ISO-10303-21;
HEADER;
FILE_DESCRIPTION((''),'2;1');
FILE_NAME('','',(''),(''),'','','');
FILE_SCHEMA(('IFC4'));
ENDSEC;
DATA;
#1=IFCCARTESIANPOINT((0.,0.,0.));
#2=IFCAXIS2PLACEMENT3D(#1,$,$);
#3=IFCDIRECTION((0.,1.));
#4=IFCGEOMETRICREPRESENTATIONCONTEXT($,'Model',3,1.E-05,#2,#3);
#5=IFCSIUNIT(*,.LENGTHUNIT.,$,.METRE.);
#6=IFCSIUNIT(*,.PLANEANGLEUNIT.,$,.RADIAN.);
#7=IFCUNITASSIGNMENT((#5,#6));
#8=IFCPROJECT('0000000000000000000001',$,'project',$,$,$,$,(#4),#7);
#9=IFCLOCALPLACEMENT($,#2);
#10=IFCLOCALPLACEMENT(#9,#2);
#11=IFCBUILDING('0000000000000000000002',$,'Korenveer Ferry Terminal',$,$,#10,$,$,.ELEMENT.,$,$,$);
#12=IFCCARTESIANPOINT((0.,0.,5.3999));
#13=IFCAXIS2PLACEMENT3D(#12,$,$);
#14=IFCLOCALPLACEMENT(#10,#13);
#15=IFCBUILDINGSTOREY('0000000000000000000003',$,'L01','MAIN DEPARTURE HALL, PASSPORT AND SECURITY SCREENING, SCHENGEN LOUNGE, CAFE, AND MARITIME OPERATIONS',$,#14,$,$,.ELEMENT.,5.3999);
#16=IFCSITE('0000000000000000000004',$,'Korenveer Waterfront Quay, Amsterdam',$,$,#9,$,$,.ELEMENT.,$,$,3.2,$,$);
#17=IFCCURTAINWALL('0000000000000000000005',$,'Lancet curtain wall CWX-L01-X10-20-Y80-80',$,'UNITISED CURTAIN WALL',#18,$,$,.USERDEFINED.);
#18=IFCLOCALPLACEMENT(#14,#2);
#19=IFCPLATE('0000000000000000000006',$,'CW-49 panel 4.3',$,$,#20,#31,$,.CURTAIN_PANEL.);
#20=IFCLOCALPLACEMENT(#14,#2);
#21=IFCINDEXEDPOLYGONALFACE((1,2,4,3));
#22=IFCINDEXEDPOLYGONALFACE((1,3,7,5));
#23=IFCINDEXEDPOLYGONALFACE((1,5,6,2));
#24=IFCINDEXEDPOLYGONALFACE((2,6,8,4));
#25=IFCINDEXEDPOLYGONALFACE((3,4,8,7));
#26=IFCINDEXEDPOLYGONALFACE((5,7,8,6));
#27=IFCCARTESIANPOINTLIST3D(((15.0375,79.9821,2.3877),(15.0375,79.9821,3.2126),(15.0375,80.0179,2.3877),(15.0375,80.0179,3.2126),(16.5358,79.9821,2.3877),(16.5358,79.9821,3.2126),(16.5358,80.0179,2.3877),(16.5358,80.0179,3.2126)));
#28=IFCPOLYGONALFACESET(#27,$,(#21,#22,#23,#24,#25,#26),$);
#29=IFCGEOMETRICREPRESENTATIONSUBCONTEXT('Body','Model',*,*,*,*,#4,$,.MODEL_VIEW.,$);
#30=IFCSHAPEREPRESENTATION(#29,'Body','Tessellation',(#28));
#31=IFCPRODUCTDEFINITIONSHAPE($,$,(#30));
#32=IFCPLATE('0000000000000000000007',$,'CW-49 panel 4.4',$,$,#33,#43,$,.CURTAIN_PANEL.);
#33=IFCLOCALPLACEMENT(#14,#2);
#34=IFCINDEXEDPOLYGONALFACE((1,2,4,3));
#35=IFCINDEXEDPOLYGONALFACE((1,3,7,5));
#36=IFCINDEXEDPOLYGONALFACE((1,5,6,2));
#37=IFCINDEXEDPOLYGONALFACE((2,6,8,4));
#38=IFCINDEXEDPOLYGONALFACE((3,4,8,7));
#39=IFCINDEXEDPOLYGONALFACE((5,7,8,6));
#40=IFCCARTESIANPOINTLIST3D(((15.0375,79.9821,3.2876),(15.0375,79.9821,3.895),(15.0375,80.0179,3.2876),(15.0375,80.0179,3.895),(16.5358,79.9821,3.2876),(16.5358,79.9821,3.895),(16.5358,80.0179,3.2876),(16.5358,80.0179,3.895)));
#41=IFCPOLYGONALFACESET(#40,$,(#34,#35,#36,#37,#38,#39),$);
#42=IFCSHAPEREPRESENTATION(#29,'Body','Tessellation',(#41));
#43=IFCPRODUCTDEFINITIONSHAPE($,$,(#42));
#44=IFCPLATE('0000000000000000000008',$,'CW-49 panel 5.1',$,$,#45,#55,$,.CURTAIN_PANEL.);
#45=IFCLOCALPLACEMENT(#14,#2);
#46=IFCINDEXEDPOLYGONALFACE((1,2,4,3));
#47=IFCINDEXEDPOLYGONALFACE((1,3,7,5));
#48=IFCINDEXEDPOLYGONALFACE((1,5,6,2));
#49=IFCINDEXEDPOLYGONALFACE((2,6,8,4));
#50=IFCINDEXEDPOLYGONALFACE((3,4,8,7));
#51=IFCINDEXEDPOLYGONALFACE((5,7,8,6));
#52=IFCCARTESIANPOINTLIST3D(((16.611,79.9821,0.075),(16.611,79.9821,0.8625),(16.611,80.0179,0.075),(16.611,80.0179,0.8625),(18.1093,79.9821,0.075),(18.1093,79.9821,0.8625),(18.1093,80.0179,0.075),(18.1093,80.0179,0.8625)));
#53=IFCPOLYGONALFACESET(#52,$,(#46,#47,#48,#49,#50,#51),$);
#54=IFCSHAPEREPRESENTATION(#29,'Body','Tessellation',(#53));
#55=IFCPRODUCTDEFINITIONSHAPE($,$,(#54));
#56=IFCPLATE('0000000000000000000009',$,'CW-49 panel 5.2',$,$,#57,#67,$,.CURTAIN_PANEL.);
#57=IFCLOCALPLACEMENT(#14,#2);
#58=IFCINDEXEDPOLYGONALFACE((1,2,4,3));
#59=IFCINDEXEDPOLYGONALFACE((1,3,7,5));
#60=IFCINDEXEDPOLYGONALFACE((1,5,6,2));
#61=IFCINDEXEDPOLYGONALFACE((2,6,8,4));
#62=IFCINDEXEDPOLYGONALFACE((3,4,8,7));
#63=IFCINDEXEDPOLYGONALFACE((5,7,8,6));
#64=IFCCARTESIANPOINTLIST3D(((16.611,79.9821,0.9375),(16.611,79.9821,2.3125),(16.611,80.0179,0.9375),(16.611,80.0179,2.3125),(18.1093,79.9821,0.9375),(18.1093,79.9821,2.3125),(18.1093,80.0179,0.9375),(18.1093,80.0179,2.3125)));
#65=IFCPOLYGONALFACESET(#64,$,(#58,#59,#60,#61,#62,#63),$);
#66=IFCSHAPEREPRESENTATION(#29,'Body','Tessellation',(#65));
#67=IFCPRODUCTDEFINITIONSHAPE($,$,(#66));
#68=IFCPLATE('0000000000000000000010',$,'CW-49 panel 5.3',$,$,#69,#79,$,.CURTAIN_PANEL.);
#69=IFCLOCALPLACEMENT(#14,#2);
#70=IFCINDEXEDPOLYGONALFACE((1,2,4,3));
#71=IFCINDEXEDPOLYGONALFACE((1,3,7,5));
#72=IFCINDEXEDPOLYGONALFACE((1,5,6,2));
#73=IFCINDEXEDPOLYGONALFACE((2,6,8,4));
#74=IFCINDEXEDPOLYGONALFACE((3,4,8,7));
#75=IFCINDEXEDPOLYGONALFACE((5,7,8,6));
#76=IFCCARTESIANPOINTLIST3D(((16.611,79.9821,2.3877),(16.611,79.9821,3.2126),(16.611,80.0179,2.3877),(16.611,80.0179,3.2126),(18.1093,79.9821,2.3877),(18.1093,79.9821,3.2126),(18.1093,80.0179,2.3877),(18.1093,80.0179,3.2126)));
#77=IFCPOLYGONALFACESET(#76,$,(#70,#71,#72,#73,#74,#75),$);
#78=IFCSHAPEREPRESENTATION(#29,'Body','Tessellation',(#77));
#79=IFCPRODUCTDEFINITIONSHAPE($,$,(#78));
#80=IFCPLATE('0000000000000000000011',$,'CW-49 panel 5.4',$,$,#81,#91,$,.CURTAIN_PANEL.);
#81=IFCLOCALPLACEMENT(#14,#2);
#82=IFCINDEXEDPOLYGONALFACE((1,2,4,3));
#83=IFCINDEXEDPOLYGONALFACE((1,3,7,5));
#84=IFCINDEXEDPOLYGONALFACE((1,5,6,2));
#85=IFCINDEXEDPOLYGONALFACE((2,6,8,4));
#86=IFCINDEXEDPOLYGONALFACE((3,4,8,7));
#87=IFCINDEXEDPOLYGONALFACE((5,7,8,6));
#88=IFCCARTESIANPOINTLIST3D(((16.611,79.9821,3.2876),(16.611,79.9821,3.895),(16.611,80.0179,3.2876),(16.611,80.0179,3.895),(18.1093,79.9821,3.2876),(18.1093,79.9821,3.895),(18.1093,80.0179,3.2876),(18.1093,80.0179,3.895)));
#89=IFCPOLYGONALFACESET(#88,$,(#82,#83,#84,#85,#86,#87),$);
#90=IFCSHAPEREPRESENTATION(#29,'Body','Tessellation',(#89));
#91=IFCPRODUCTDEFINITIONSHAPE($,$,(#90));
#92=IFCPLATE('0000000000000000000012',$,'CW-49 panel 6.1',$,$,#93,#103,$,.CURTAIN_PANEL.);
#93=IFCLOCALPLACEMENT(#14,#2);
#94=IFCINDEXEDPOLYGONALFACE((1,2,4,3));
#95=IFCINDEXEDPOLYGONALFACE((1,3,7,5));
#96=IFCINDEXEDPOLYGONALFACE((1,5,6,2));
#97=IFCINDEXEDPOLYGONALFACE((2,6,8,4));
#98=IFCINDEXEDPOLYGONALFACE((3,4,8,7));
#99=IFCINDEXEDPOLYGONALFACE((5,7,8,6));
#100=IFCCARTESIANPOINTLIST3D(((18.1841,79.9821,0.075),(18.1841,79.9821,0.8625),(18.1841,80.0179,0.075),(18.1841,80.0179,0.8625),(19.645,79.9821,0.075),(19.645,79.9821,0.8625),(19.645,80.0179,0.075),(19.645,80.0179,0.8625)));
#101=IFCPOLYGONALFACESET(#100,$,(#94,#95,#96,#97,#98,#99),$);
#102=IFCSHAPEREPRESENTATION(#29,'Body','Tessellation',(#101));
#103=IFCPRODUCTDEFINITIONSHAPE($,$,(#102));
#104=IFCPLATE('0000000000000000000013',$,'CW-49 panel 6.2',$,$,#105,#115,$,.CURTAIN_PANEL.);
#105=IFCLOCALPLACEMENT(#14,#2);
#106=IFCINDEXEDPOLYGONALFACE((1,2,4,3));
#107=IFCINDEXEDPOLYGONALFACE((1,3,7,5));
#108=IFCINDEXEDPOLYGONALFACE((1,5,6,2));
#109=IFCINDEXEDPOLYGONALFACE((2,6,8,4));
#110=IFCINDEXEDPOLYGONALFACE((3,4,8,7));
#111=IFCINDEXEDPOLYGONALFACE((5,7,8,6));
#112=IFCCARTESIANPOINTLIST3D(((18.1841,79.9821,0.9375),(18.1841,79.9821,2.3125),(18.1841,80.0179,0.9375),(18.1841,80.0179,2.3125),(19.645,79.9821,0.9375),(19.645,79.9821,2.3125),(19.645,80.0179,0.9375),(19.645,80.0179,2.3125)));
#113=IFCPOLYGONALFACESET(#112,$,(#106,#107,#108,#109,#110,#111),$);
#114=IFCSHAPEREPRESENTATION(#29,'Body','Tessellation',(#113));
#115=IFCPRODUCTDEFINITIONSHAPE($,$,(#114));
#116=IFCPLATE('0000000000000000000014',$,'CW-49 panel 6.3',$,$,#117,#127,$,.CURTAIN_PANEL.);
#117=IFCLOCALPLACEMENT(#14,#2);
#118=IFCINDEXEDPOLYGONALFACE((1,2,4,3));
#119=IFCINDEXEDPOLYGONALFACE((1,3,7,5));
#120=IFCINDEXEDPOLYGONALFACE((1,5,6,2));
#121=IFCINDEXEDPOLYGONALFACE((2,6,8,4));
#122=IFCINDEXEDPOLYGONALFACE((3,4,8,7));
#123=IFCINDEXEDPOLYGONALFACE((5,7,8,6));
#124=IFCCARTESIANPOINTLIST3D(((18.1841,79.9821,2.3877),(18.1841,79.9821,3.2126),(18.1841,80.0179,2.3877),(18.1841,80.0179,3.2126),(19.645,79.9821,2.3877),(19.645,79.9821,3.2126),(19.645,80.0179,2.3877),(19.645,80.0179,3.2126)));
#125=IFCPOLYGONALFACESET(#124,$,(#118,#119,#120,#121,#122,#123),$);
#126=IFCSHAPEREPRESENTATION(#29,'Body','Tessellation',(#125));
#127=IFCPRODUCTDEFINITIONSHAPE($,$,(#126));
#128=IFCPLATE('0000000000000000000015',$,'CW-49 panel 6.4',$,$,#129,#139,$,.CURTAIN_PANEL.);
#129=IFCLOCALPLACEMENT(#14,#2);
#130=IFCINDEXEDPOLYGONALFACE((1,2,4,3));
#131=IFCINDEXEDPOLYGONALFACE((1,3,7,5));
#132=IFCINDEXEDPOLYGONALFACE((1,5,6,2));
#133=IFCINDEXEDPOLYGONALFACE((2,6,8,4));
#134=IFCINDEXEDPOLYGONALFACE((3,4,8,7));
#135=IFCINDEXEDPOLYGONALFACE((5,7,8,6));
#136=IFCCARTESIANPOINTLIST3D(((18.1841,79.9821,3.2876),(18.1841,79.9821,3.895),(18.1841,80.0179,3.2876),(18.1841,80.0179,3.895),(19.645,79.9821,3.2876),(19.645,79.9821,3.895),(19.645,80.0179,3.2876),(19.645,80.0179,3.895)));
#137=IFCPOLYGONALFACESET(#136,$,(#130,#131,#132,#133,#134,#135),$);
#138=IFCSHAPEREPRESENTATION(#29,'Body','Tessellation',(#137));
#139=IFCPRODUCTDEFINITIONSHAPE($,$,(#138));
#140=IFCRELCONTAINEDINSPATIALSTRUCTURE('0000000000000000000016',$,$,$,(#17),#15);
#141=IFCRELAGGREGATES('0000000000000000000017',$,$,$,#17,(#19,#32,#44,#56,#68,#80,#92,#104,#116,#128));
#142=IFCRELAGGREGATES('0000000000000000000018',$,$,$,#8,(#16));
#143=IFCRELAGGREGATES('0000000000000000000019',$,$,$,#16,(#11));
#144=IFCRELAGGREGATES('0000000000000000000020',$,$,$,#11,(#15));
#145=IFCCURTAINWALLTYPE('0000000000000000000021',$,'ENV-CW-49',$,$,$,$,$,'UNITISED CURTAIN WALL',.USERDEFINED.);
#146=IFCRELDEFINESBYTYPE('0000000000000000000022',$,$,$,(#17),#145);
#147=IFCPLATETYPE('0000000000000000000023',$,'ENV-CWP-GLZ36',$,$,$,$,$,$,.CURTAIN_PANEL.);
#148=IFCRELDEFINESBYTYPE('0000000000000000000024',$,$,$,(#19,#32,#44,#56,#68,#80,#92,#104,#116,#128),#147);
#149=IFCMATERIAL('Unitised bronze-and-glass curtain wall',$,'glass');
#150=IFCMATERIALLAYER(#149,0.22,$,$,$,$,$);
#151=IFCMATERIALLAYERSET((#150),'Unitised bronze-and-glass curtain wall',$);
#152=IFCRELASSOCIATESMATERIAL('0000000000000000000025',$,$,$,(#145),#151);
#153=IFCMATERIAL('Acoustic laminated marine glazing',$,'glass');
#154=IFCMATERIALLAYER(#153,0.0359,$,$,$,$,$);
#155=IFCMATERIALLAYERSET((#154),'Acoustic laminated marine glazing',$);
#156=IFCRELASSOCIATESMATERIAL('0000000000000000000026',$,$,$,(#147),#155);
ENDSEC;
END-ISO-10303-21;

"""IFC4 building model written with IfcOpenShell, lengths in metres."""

from ifc_helpers import new_model, si_unit, direction, frame, origin, origin_2d, place, context, subcontext, project, spatial, rectangle, extrude, material, layer, layer_set, type_object, element, aggregate, save


model = new_model("IFC4")

# Units and contexts
model_context = context("Model", 3, precision=1e-05, world=origin(), true_north=direction((0.0, 1.0)))
body_context = subcontext(model_context, "Body", "Model", "MODEL_VIEW")
ifc_project = project(units=[si_unit("LENGTHUNIT", "METRE"), si_unit("PLANEANGLEUNIT", "RADIAN")], contexts=[model_context])

# Site, building, storey
site_placement = place(None, origin())
site = spatial("IfcSite", under=ifc_project, at=site_placement, Name="Korenveer Waterfront Quay, Amsterdam", CompositionType="ELEMENT", RefElevation=3.2)
building_placement = place(site_placement, origin())
building = spatial("IfcBuilding", under=site, at=building_placement, Name="Korenveer Ferry Terminal", CompositionType="ELEMENT")
storey_placement = place(building_placement, frame((0.0, 0.0, 5.3999)))
storey = spatial("IfcBuildingStorey", under=building, at=storey_placement, Name="L01", Description="MAIN DEPARTURE HALL, PASSPORT AND SECURITY SCREENING, SCHENGEN LOUNGE, CAFE, AND MARITIME OPERATIONS", CompositionType="ELEMENT", Elevation=5.3999)

# Curtain wall
ifc_material_1 = material(Name="Unitised bronze-and-glass curtain wall", Category="glass")
ifc_layer_1 = layer(ifc_material_1, 0.22)
ifc_layer_set_1 = layer_set([ifc_layer_1], Name="Unitised bronze-and-glass curtain wall")
curtain_wall_type = type_object("IfcCurtainWallType", Name="ENV-CW-49", ElementType="UNITISED CURTAIN WALL", PredefinedType="USERDEFINED", material=ifc_layer_set_1)
curtain_wall_placement = place(storey_placement, frame((10.28, 80.0, 0.0)))
curtain_wall = element("IfcCurtainWall", 1, at=curtain_wall_placement, inside=storey, type_object=curtain_wall_type, Name="Lancet curtain wall CWX-L01-X10-20-Y80-80", ObjectType="UNITISED CURTAIN WALL", PredefinedType="USERDEFINED")

# Plates
ifc_material_2 = material(Name="Acoustic laminated marine glazing", Category="glass")
ifc_layer_2 = layer(ifc_material_2, 0.0359)
ifc_layer_set_2 = layer_set([ifc_layer_2], Name="Acoustic laminated marine glazing")
plate_type = type_object("IfcPlateType", Name="ENV-CWP-GLZ36", PredefinedType="CURTAIN_PANEL", material=ifc_layer_set_2)
plate_1_placement = place(storey_placement, frame((15.7866, 80.0, 2.3877), z_axis=(0.0, 0.0, 1.0), x_axis=(1.0, 0.0, 0.0)))
plate_1 = element("IfcPlate", 2, at=plate_1_placement, type_object=plate_type, Name="CW-49 panel 4.3", PredefinedType="CURTAIN_PANEL", context=body_context, shape_type="SweptSolid", body=[
    extrude(rectangle(XDim=1.4983, YDim=0.0359, at=origin_2d()), origin(), (0.0, 0.0, 1.0), 0.825),
])
plate_2_placement = place(storey_placement, frame((15.7866, 80.0, 3.2876), z_axis=(0.0, 0.0, 1.0), x_axis=(1.0, 0.0, 0.0)))
plate_2 = element("IfcPlate", 3, at=plate_2_placement, type_object=plate_type, Name="CW-49 panel 4.4", PredefinedType="CURTAIN_PANEL", context=body_context, shape_type="SweptSolid", body=[
    extrude(rectangle(XDim=1.4983, YDim=0.0359, at=origin_2d()), origin(), (0.0, 0.0, 1.0), 0.6074),
])
plate_3_placement = place(storey_placement, frame((17.3601, 80.0, 0.075), z_axis=(0.0, 0.0, 1.0), x_axis=(1.0, 0.0, 0.0)))
plate_3 = element("IfcPlate", 4, at=plate_3_placement, type_object=plate_type, Name="CW-49 panel 5.1", PredefinedType="CURTAIN_PANEL", context=body_context, shape_type="SweptSolid", body=[
    extrude(rectangle(XDim=1.4983, YDim=0.0359, at=origin_2d()), origin(), (0.0, 0.0, 1.0), 0.7876),
])
plate_4_placement = place(storey_placement, frame((17.3601, 80.0, 0.9375), z_axis=(0.0, 0.0, 1.0), x_axis=(1.0, 0.0, 0.0)))
plate_4 = element("IfcPlate", 5, at=plate_4_placement, type_object=plate_type, Name="CW-49 panel 5.2", PredefinedType="CURTAIN_PANEL", context=body_context, shape_type="SweptSolid", body=[
    extrude(rectangle(XDim=1.4983, YDim=0.0359, at=origin_2d()), origin(), (0.0, 0.0, 1.0), 1.375),
])
plate_5_placement = place(storey_placement, frame((17.3601, 80.0, 2.3877), z_axis=(0.0, 0.0, 1.0), x_axis=(1.0, 0.0, 0.0)))
plate_5 = element("IfcPlate", 6, at=plate_5_placement, type_object=plate_type, Name="CW-49 panel 5.3", PredefinedType="CURTAIN_PANEL", context=body_context, shape_type="SweptSolid", body=[
    extrude(rectangle(XDim=1.4983, YDim=0.0359, at=origin_2d()), origin(), (0.0, 0.0, 1.0), 0.825),
])
plate_6_placement = place(storey_placement, frame((17.3601, 80.0, 3.2876), z_axis=(0.0, 0.0, 1.0), x_axis=(1.0, 0.0, 0.0)))
plate_6 = element("IfcPlate", 7, at=plate_6_placement, type_object=plate_type, Name="CW-49 panel 5.4", PredefinedType="CURTAIN_PANEL", context=body_context, shape_type="SweptSolid", body=[
    extrude(rectangle(XDim=1.4983, YDim=0.0359, at=origin_2d()), origin(), (0.0, 0.0, 1.0), 0.6074),
])
plate_7_placement = place(storey_placement, frame((18.9146, 80.0, 0.075), z_axis=(0.0, 0.0, 1.0), x_axis=(1.0, 0.0, 0.0)))
plate_7 = element("IfcPlate", 8, at=plate_7_placement, type_object=plate_type, Name="CW-49 panel 6.1", PredefinedType="CURTAIN_PANEL", context=body_context, shape_type="SweptSolid", body=[
    extrude(rectangle(XDim=1.4609, YDim=0.0359, at=origin_2d()), origin(), (0.0, 0.0, 1.0), 0.7876),
])
plate_8_placement = place(storey_placement, frame((18.9146, 80.0, 0.9375), z_axis=(0.0, 0.0, 1.0), x_axis=(1.0, 0.0, 0.0)))
plate_8 = element("IfcPlate", 9, at=plate_8_placement, type_object=plate_type, Name="CW-49 panel 6.2", PredefinedType="CURTAIN_PANEL", context=body_context, shape_type="SweptSolid", body=[
    extrude(rectangle(XDim=1.4609, YDim=0.0359, at=origin_2d()), origin(), (0.0, 0.0, 1.0), 1.375),
])
plate_9_placement = place(storey_placement, frame((18.9146, 80.0, 2.3877), z_axis=(0.0, 0.0, 1.0), x_axis=(1.0, 0.0, 0.0)))
plate_9 = element("IfcPlate", 10, at=plate_9_placement, type_object=plate_type, Name="CW-49 panel 6.3", PredefinedType="CURTAIN_PANEL", context=body_context, shape_type="SweptSolid", body=[
    extrude(rectangle(XDim=1.4609, YDim=0.0359, at=origin_2d()), origin(), (0.0, 0.0, 1.0), 0.825),
])
plate_10_placement = place(storey_placement, frame((18.9146, 80.0, 3.2876), z_axis=(0.0, 0.0, 1.0), x_axis=(1.0, 0.0, 0.0)))
plate_10 = element("IfcPlate", 11, at=plate_10_placement, type_object=plate_type, Name="CW-49 panel 6.4", PredefinedType="CURTAIN_PANEL", context=body_context, shape_type="SweptSolid", body=[
    extrude(rectangle(XDim=1.4609, YDim=0.0359, at=origin_2d()), origin(), (0.0, 0.0, 1.0), 0.6074),
])
aggregate(curtain_wall, [plate_1, plate_2, plate_3, plate_4, plate_5, plate_6, plate_7, plate_8, plate_9, plate_10])

save(model, "model.ifc")
